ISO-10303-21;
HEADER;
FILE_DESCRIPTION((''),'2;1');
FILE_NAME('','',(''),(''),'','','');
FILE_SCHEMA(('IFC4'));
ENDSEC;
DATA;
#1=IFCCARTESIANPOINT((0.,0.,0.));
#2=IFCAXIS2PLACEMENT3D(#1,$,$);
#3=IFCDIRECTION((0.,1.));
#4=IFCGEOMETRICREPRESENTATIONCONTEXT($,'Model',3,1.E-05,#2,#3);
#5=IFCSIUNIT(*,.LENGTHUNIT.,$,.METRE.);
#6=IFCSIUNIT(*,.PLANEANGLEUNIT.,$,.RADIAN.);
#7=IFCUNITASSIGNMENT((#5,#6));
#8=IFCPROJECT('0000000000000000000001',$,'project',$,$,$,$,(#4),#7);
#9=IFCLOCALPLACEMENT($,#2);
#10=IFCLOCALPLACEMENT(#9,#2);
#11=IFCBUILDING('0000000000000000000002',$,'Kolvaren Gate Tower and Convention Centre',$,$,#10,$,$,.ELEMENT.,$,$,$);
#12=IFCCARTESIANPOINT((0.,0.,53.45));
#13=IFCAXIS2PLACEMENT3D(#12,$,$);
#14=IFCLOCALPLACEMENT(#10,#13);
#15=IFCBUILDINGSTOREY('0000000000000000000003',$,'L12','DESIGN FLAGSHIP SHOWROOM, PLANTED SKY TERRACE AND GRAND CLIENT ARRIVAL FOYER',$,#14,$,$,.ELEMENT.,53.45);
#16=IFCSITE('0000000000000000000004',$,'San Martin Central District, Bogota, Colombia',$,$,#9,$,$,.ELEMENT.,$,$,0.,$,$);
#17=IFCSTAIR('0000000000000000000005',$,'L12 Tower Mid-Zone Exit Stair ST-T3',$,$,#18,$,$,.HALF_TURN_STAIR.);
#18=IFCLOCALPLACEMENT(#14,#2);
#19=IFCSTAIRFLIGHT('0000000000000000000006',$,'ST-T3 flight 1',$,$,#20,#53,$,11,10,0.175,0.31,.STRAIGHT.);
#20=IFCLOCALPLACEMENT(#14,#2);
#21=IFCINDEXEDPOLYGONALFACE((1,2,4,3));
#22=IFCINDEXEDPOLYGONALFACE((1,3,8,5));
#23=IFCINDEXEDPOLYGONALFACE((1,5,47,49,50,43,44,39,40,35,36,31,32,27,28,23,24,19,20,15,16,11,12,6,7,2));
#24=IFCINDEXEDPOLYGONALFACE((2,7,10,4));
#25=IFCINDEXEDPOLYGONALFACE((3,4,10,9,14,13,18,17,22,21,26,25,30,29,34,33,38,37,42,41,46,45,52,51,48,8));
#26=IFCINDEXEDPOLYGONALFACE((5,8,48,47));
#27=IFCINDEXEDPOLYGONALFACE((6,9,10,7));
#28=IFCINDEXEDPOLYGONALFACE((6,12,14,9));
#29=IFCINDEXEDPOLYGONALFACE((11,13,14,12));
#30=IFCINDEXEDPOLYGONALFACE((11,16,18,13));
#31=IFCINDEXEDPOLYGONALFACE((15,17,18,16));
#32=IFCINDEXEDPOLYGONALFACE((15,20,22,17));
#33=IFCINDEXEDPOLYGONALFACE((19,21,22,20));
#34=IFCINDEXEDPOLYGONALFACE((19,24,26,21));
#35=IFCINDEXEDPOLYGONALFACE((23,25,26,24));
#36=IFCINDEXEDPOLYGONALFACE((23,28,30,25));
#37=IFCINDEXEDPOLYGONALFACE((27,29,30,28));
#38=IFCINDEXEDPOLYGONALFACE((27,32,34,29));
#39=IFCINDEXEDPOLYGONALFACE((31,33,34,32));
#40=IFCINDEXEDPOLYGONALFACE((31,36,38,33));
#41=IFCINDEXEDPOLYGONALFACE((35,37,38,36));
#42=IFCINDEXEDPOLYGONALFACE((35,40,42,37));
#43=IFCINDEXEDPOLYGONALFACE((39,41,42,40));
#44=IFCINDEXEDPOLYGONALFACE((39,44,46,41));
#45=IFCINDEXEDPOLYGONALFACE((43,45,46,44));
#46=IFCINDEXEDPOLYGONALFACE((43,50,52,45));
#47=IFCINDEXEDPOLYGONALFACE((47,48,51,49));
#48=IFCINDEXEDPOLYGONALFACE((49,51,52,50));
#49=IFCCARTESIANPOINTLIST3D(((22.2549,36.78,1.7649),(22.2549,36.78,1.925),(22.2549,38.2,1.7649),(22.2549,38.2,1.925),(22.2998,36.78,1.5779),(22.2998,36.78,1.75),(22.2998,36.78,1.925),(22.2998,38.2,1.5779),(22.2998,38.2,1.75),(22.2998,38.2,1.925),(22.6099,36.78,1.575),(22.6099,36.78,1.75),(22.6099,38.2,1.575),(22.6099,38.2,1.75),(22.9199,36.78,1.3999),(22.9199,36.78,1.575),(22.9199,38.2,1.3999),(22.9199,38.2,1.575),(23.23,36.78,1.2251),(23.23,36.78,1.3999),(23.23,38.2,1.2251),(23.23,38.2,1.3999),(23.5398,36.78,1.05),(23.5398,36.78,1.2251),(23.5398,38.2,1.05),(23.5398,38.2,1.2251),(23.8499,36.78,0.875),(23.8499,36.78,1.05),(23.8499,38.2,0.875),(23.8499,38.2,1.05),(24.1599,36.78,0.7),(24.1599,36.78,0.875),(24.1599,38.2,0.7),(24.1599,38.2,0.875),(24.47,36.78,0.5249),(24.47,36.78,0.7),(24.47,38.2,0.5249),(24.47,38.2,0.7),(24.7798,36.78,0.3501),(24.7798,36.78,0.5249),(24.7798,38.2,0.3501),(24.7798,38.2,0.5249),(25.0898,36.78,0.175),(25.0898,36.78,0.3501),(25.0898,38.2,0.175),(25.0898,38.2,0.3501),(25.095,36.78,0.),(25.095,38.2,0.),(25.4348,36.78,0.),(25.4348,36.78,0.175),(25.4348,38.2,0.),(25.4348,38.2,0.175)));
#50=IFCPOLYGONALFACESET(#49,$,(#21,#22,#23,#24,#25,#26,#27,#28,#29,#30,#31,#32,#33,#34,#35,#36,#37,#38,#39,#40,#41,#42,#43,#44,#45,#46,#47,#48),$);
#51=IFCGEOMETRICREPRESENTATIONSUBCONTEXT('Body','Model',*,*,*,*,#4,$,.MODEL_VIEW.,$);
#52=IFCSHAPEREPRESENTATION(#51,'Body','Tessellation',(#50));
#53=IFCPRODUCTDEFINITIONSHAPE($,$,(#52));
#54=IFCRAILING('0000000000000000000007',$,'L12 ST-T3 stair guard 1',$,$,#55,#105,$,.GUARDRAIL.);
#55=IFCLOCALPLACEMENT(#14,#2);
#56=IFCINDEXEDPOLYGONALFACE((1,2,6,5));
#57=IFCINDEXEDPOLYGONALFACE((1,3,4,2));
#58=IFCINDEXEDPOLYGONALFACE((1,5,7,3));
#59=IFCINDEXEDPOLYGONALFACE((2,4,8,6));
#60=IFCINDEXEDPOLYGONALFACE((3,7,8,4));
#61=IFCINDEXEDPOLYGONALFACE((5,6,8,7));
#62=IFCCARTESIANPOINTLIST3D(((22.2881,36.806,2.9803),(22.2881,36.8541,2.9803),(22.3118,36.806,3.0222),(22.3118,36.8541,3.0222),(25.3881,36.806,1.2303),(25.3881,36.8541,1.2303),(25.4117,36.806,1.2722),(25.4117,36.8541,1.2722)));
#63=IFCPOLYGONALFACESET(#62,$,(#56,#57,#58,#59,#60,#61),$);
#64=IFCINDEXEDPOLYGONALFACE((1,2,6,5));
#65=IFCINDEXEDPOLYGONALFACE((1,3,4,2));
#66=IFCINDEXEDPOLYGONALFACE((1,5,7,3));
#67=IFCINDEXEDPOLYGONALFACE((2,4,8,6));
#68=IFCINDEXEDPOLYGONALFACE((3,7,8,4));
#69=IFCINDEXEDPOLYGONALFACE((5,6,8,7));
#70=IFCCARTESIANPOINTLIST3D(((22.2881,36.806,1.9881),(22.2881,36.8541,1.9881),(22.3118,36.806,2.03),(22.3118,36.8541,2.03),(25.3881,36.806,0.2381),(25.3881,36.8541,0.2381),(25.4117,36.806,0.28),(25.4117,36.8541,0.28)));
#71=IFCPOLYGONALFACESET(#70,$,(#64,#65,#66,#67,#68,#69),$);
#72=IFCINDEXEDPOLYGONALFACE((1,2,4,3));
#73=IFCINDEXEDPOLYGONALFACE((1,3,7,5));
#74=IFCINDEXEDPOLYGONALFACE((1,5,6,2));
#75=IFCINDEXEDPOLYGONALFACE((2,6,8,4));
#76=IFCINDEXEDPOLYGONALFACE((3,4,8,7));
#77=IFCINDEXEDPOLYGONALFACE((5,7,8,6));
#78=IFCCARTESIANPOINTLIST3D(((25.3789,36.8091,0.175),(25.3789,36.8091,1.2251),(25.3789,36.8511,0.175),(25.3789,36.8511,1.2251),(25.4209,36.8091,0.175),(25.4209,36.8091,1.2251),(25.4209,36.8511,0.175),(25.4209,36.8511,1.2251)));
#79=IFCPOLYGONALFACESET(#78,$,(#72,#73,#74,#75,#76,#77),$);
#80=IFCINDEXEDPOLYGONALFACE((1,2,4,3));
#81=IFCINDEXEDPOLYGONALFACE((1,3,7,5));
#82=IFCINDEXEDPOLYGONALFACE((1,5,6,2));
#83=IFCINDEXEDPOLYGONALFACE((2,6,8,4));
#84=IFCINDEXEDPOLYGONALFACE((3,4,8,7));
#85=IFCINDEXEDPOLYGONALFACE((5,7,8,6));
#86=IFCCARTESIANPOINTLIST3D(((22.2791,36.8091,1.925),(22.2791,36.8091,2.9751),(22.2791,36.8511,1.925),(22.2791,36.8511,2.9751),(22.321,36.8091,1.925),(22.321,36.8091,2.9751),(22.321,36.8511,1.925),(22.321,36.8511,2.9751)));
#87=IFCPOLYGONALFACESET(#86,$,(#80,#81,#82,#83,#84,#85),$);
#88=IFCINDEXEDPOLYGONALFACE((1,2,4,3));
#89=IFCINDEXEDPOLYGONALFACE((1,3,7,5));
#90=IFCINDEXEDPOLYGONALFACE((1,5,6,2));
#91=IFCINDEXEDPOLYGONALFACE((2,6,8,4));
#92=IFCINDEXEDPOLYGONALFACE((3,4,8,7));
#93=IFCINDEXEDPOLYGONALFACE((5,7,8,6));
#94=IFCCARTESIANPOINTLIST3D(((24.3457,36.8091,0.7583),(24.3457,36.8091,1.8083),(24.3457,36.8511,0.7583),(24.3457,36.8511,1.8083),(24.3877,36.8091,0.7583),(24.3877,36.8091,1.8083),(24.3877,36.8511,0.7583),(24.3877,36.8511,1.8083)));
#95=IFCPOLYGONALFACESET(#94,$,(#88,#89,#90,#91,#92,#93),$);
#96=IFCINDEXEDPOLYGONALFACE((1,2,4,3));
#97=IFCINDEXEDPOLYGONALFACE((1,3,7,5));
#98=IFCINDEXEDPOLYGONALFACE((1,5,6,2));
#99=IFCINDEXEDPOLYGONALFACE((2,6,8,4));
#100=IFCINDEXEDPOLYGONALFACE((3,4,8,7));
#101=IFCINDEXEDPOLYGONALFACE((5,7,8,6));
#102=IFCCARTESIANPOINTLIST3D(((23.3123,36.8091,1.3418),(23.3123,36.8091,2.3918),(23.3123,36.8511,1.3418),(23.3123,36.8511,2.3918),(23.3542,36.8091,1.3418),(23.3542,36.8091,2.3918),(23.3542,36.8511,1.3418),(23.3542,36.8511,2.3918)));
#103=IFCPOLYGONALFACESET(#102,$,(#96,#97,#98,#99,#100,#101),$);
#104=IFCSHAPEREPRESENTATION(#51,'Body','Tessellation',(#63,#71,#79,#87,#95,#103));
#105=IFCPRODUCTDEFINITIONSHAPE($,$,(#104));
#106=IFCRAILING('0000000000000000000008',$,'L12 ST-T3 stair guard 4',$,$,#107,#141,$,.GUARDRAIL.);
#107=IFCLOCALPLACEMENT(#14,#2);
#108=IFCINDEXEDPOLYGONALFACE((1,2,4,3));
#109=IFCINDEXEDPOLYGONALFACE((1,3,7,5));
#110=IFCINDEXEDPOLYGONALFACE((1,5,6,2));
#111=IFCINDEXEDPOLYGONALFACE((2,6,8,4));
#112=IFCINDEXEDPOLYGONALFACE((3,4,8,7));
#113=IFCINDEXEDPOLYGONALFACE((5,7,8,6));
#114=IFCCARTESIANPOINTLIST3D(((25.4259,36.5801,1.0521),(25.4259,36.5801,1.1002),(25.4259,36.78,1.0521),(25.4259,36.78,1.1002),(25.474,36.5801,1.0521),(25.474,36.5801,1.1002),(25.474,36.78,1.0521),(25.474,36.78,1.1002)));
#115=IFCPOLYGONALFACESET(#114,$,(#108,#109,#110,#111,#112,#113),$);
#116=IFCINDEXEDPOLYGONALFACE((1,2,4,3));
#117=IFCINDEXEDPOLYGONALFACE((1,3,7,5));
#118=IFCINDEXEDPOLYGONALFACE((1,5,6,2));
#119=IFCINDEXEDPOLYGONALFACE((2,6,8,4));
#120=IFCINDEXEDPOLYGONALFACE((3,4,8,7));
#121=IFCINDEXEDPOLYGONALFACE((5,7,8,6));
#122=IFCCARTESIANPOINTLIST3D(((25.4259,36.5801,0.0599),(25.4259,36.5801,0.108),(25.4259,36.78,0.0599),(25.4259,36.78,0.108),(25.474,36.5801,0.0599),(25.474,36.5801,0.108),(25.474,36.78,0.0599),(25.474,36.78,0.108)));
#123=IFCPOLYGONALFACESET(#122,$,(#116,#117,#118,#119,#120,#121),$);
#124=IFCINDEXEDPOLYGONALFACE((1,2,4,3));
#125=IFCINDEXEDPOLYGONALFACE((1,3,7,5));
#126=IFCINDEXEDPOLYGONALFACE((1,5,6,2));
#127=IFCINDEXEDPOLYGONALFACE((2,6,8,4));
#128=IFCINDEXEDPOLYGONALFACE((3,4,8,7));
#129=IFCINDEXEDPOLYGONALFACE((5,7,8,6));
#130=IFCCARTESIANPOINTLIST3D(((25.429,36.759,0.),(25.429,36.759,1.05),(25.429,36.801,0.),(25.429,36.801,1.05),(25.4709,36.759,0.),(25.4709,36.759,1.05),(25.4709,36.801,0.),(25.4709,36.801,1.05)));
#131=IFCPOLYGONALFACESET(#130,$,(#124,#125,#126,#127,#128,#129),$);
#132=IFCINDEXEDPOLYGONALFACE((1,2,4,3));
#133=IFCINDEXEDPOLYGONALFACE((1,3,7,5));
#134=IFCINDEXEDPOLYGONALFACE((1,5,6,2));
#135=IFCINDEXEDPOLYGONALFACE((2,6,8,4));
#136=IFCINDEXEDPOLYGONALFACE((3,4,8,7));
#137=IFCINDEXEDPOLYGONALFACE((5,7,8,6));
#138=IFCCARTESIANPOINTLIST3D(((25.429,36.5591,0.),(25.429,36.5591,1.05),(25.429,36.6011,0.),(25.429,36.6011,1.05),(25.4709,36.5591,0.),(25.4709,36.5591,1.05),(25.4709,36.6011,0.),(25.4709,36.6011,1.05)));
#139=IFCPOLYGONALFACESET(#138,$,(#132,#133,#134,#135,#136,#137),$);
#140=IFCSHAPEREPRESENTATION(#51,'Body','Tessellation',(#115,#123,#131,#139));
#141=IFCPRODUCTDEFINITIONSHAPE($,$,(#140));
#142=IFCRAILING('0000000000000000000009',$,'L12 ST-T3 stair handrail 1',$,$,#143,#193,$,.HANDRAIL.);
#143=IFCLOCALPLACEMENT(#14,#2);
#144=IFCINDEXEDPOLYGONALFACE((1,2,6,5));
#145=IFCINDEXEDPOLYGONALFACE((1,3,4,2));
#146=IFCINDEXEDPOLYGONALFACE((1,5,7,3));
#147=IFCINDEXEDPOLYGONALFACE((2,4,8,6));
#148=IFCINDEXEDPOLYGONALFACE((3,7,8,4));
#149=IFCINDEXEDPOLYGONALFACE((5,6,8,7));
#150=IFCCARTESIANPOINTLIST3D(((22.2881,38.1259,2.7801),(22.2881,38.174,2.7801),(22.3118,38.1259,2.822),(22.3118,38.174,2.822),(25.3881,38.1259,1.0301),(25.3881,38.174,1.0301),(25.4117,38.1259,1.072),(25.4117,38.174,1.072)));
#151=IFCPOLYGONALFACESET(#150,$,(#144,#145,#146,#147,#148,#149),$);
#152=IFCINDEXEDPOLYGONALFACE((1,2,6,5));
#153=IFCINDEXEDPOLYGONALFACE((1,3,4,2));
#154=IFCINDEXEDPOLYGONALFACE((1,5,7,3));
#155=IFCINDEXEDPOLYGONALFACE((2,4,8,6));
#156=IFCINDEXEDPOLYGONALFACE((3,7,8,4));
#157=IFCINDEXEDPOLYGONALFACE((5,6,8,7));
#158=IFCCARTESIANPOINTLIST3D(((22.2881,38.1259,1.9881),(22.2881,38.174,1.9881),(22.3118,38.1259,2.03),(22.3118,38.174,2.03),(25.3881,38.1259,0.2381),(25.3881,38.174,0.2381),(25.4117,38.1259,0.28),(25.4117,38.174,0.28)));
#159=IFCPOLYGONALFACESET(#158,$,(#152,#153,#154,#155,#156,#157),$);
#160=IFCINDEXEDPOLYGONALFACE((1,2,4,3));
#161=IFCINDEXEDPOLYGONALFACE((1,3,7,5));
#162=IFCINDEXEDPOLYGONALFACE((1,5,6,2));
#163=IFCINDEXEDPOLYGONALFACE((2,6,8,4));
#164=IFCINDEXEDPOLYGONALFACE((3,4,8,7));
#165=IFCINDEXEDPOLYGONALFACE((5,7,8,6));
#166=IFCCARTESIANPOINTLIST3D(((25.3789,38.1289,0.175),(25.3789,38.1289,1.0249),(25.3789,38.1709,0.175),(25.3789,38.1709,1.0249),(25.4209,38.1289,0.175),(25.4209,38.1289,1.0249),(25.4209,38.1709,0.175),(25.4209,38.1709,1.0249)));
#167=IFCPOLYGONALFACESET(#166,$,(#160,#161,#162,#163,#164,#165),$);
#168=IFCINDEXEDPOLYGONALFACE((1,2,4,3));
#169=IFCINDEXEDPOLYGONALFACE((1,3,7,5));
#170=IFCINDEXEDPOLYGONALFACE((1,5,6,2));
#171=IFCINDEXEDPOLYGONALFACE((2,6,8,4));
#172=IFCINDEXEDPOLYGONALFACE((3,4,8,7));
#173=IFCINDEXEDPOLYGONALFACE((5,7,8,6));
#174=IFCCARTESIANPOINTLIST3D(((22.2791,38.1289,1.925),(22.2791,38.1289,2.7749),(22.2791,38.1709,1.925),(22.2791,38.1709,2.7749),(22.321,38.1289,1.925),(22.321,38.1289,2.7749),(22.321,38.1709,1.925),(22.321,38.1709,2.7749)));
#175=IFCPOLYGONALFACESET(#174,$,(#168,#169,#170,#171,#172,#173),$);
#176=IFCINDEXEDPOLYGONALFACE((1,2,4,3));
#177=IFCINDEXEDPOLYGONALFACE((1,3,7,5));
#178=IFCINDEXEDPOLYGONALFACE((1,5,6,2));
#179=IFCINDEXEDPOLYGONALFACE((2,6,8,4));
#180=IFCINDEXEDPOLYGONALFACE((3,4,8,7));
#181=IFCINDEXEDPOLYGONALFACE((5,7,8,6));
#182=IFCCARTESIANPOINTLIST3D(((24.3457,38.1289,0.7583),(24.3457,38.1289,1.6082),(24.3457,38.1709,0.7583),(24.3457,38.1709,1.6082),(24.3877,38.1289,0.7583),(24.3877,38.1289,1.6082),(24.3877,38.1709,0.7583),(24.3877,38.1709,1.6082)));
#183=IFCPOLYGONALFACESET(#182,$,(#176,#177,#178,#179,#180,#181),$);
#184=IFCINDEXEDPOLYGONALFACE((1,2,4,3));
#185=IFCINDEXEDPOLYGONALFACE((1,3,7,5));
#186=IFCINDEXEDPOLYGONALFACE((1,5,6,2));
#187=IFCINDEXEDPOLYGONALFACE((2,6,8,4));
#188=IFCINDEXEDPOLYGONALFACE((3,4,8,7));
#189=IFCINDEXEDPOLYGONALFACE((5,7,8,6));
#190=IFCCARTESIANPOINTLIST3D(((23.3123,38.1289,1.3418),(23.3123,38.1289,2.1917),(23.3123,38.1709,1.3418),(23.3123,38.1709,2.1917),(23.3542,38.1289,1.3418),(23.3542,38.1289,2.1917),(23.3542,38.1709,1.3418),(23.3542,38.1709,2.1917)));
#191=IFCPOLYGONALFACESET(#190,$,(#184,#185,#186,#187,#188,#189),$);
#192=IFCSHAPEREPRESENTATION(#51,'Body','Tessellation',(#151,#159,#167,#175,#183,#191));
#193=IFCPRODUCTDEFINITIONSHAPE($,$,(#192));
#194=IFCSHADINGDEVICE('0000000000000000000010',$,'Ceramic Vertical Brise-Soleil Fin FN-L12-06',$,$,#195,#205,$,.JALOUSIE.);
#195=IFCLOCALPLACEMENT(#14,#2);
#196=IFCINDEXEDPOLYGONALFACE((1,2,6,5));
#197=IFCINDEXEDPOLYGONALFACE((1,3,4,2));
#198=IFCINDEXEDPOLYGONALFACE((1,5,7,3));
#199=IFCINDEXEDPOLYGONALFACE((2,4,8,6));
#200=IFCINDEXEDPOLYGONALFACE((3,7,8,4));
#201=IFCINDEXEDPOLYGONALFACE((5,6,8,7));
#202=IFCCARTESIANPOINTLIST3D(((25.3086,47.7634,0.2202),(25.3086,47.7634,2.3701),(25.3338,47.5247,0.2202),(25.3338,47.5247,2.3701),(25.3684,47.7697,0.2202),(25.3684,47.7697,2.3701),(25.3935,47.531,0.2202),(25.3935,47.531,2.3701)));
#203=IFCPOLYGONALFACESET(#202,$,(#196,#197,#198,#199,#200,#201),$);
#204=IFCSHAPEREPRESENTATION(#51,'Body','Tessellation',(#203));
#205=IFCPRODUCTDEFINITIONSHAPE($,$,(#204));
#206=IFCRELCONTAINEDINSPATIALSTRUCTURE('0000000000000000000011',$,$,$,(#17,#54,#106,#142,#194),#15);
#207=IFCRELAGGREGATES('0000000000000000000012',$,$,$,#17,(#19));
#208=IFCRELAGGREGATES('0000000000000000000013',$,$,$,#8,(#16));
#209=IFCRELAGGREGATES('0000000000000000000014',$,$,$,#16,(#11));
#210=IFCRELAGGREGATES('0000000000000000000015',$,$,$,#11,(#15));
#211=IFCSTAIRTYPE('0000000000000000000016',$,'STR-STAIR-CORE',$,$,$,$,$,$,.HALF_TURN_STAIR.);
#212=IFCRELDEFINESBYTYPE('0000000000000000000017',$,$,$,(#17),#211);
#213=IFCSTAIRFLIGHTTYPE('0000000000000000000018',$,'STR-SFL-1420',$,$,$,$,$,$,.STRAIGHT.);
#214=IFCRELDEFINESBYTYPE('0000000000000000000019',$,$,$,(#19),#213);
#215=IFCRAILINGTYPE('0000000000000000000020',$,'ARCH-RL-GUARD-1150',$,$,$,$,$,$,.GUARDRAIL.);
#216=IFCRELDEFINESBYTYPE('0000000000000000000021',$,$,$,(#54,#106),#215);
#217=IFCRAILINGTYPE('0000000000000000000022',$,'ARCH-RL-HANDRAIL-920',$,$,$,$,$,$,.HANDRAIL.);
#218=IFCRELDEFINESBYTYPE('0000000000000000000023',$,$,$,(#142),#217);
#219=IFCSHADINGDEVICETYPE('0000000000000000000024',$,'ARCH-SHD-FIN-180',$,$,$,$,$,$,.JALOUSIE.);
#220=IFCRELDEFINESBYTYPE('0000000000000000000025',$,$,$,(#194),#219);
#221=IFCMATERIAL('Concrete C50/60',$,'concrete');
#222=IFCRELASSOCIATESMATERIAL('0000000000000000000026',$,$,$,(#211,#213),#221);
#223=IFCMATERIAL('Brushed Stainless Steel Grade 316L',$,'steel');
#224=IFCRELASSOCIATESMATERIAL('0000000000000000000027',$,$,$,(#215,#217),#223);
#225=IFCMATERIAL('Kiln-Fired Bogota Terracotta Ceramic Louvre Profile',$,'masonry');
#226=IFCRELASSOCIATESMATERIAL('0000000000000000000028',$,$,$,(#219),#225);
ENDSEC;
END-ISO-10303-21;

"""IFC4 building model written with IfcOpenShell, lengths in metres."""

from ifc_helpers import new_model, si_unit, direction, frame, origin, origin_2d, place, context, subcontext, project, spatial, polyline, rectangle, outline, extrude, material, type_object, element, aggregate, save


model = new_model("IFC4")

# Units and contexts
model_context = context("Model", 3, precision=1e-05, world=origin(), true_north=direction((0.0, 1.0)))
body_context = subcontext(model_context, "Body", "Model", "MODEL_VIEW")
ifc_project = project(units=[si_unit("LENGTHUNIT", "METRE"), si_unit("PLANEANGLEUNIT", "RADIAN")], contexts=[model_context])

# Site, building, storey
site_placement = place(None, origin())
site = spatial("IfcSite", under=ifc_project, at=site_placement, Name="San Martin Central District, Bogota, Colombia", CompositionType="ELEMENT", RefElevation=0.0)
building_placement = place(site_placement, origin())
building = spatial("IfcBuilding", under=site, at=building_placement, Name="Kolvaren Gate Tower and Convention Centre", CompositionType="ELEMENT")
storey_placement = place(building_placement, frame((0.0, 0.0, 53.45)))
storey = spatial("IfcBuildingStorey", under=building, at=storey_placement, Name="L12", Description="DESIGN FLAGSHIP SHOWROOM, PLANTED SKY TERRACE AND GRAND CLIENT ARRIVAL FOYER", CompositionType="ELEMENT", Elevation=53.45)

# Shared definitions
ifc_material_1 = material(Name="Concrete C50/60", Category="concrete")

# Stair, stair flight
stair_type = type_object("IfcStairType", Name="STR-STAIR-CORE", PredefinedType="HALF_TURN_STAIR", material=ifc_material_1)
stair_placement = place(storey_placement, origin())
stair = element("IfcStair", 1, at=stair_placement, inside=storey, type_object=stair_type, Name="L12 Tower Mid-Zone Exit Stair ST-T3", PredefinedType="HALF_TURN_STAIR")
stair_flight_type = type_object("IfcStairFlightType", Name="STR-SFL-1420", PredefinedType="STRAIGHT", material=ifc_material_1)
stair_flight_placement = place(storey_placement, frame((25.3999, 37.49, 0.0), z_axis=(0.0, 0.0, 1.0), x_axis=(-1.0, 0.0, 0.0)))
stair_flight = element("IfcStairFlight", 2, at=stair_flight_placement, type_object=stair_flight_type, Name="ST-T3 flight 1", NumberOfRisers=11, NumberOfTreads=10, PredefinedType="STRAIGHT", RiserHeight=0.175, TreadLength=0.31, context=body_context, shape_type="SweptSolid", body=[
    extrude(outline(polyline([(-0.0349, 0.0), (-0.0349, 0.175), (0.3101, 0.175), (0.3101, 0.3501), (0.6201, 0.3501), (0.6201, 0.5249), (0.9299, 0.5249), (0.9299, 0.7), (1.24, 0.7), (1.24, 0.875), (1.55, 0.875), (1.55, 1.05), (1.8601, 1.05), (1.8601, 1.2251), (2.1699, 1.2251), (2.1699, 1.3999), (2.48, 1.3999), (2.48, 1.575), (2.79, 1.575), (2.79, 1.75), (3.1001, 1.75), (3.1001, 1.925), (3.145, 1.925), (3.145, 1.7649), (3.1001, 1.5779), (0.3049, 0.0), (-0.0349, 0.0)])), frame((0.0, 0.71, 0.0), z_axis=(0.0, -1.0, 0.0), x_axis=(1.0, 0.0, 0.0)), (0.0, 0.0, 1.0), 1.4199),
])
aggregate(stair, [stair_flight])

# Railings
ifc_material_2 = material(Name="Brushed Stainless Steel Grade 316L", Category="steel")
railing_type_1 = type_object("IfcRailingType", Name="ARCH-RL-GUARD-1150", PredefinedType="GUARDRAIL", material=ifc_material_2)
railing_1_placement = place(storey_placement, frame((25.3999, 36.8301, 0.175)))
element("IfcRailing", 3, at=railing_1_placement, inside=storey, type_object=railing_type_1, Name="L12 ST-T3 stair guard 1", PredefinedType="GUARDRAIL", context=body_context, shape_type="SweptSolid", body=[
    extrude(rectangle(XDim=0.0481, YDim=0.0481, at=origin_2d()), frame((0.0, 0.0, 1.0762), z_axis=(-0.870814, 0.0, 0.491612), x_axis=(0.0, -1.0, 0.0)), (0.0, 0.0, 1.0), 3.5598),
    extrude(rectangle(XDim=0.0481, YDim=0.0481, at=origin_2d()), frame((0.0, 0.0, 0.084), z_axis=(-0.870814, 0.0, 0.491612), x_axis=(0.0, -1.0, 0.0)), (0.0, 0.0, 1.0), 3.5598),
    extrude(rectangle(XDim=0.042, YDim=0.042, at=origin_2d()), origin(), (0.0, 0.0, 1.0), 1.05),
    extrude(rectangle(XDim=0.042, YDim=0.042, at=origin_2d()), frame((-3.0999, 0.0, 1.75)), (0.0, 0.0, 1.0), 1.05),
    extrude(rectangle(XDim=0.042, YDim=0.042, at=origin_2d()), frame((-1.0332, 0.0, 0.5833)), (0.0, 0.0, 1.0), 1.05),
    extrude(rectangle(XDim=0.042, YDim=0.042, at=origin_2d()), frame((-2.0667, 0.0, 1.1667)), (0.0, 0.0, 1.0), 1.05),
])
railing_2_placement = place(storey_placement, frame((25.45, 36.78, 0.0)))
element("IfcRailing", 4, at=railing_2_placement, inside=storey, type_object=railing_type_1, Name="L12 ST-T3 stair guard 4", PredefinedType="GUARDRAIL", context=body_context, shape_type="SweptSolid", body=[
    extrude(rectangle(XDim=0.0481, YDim=0.0481, at=origin_2d()), frame((0.0, 0.0, 1.0762), z_axis=(0.0, -1.0, 0.0), x_axis=(1.0, 0.0, 0.0)), (0.0, 0.0, 1.0), 0.2),
    extrude(rectangle(XDim=0.0481, YDim=0.0481, at=origin_2d()), frame((0.0, 0.0, 0.084), z_axis=(0.0, -1.0, 0.0), x_axis=(1.0, 0.0, 0.0)), (0.0, 0.0, 1.0), 0.2),
    extrude(rectangle(XDim=0.042, YDim=0.042, at=origin_2d()), origin(), (0.0, 0.0, 1.0), 1.05),
    extrude(rectangle(XDim=0.042, YDim=0.042, at=origin_2d()), frame((0.0, -0.2, 0.0)), (0.0, 0.0, 1.0), 1.05),
])
railing_type_2 = type_object("IfcRailingType", Name="ARCH-RL-HANDRAIL-920", PredefinedType="HANDRAIL", material=ifc_material_2)
railing_3_placement = place(storey_placement, frame((25.3999, 38.1499, 0.175)))
element("IfcRailing", 5, at=railing_3_placement, inside=storey, type_object=railing_type_2, Name="L12 ST-T3 stair handrail 1", PredefinedType="HANDRAIL", context=body_context, shape_type="SweptSolid", body=[
    extrude(rectangle(XDim=0.0481, YDim=0.0481, at=origin_2d()), frame((0.0, 0.0, 0.876), z_axis=(-0.870814, 0.0, 0.491612), x_axis=(0.0, -1.0, 0.0)), (0.0, 0.0, 1.0), 3.5598),
    extrude(rectangle(XDim=0.0481, YDim=0.0481, at=origin_2d()), frame((0.0, 0.0, 0.084), z_axis=(-0.870814, 0.0, 0.491612), x_axis=(0.0, -1.0, 0.0)), (0.0, 0.0, 1.0), 3.5598),
    extrude(rectangle(XDim=0.042, YDim=0.042, at=origin_2d()), origin(), (0.0, 0.0, 1.0), 0.8499),
    extrude(rectangle(XDim=0.042, YDim=0.042, at=origin_2d()), frame((-3.0999, 0.0, 1.75)), (0.0, 0.0, 1.0), 0.8499),
    extrude(rectangle(XDim=0.042, YDim=0.042, at=origin_2d()), frame((-1.0332, 0.0, 0.5833)), (0.0, 0.0, 1.0), 0.8499),
    extrude(rectangle(XDim=0.042, YDim=0.042, at=origin_2d()), frame((-2.0667, 0.0, 1.1667)), (0.0, 0.0, 1.0), 0.8499),
])

# Shading device
ifc_material_3 = material(Name="Kiln-Fired Bogota Terracotta Ceramic Louvre Profile", Category="masonry")
shading_device_type = type_object("IfcShadingDeviceType", Name="ARCH-SHD-FIN-180", PredefinedType="JALOUSIE", material=ifc_material_3)
shading_device_placement = place(storey_placement, frame((25.3511, 47.6472, 0.2202), z_axis=(0.0, 0.0, 1.0), x_axis=(0.994499, 0.104747, 0.0)))
element("IfcShadingDevice", 6, at=shading_device_placement, inside=storey, type_object=shading_device_type, Name="Ceramic Vertical Brise-Soleil Fin FN-L12-06", PredefinedType="JALOUSIE", context=body_context, shape_type="SweptSolid", body=[
    extrude(rectangle(XDim=0.0601, YDim=0.24, at=origin_2d()), origin(), (0.0, 0.0, 1.0), 2.1499),
])

save(model, "model.ifc")
